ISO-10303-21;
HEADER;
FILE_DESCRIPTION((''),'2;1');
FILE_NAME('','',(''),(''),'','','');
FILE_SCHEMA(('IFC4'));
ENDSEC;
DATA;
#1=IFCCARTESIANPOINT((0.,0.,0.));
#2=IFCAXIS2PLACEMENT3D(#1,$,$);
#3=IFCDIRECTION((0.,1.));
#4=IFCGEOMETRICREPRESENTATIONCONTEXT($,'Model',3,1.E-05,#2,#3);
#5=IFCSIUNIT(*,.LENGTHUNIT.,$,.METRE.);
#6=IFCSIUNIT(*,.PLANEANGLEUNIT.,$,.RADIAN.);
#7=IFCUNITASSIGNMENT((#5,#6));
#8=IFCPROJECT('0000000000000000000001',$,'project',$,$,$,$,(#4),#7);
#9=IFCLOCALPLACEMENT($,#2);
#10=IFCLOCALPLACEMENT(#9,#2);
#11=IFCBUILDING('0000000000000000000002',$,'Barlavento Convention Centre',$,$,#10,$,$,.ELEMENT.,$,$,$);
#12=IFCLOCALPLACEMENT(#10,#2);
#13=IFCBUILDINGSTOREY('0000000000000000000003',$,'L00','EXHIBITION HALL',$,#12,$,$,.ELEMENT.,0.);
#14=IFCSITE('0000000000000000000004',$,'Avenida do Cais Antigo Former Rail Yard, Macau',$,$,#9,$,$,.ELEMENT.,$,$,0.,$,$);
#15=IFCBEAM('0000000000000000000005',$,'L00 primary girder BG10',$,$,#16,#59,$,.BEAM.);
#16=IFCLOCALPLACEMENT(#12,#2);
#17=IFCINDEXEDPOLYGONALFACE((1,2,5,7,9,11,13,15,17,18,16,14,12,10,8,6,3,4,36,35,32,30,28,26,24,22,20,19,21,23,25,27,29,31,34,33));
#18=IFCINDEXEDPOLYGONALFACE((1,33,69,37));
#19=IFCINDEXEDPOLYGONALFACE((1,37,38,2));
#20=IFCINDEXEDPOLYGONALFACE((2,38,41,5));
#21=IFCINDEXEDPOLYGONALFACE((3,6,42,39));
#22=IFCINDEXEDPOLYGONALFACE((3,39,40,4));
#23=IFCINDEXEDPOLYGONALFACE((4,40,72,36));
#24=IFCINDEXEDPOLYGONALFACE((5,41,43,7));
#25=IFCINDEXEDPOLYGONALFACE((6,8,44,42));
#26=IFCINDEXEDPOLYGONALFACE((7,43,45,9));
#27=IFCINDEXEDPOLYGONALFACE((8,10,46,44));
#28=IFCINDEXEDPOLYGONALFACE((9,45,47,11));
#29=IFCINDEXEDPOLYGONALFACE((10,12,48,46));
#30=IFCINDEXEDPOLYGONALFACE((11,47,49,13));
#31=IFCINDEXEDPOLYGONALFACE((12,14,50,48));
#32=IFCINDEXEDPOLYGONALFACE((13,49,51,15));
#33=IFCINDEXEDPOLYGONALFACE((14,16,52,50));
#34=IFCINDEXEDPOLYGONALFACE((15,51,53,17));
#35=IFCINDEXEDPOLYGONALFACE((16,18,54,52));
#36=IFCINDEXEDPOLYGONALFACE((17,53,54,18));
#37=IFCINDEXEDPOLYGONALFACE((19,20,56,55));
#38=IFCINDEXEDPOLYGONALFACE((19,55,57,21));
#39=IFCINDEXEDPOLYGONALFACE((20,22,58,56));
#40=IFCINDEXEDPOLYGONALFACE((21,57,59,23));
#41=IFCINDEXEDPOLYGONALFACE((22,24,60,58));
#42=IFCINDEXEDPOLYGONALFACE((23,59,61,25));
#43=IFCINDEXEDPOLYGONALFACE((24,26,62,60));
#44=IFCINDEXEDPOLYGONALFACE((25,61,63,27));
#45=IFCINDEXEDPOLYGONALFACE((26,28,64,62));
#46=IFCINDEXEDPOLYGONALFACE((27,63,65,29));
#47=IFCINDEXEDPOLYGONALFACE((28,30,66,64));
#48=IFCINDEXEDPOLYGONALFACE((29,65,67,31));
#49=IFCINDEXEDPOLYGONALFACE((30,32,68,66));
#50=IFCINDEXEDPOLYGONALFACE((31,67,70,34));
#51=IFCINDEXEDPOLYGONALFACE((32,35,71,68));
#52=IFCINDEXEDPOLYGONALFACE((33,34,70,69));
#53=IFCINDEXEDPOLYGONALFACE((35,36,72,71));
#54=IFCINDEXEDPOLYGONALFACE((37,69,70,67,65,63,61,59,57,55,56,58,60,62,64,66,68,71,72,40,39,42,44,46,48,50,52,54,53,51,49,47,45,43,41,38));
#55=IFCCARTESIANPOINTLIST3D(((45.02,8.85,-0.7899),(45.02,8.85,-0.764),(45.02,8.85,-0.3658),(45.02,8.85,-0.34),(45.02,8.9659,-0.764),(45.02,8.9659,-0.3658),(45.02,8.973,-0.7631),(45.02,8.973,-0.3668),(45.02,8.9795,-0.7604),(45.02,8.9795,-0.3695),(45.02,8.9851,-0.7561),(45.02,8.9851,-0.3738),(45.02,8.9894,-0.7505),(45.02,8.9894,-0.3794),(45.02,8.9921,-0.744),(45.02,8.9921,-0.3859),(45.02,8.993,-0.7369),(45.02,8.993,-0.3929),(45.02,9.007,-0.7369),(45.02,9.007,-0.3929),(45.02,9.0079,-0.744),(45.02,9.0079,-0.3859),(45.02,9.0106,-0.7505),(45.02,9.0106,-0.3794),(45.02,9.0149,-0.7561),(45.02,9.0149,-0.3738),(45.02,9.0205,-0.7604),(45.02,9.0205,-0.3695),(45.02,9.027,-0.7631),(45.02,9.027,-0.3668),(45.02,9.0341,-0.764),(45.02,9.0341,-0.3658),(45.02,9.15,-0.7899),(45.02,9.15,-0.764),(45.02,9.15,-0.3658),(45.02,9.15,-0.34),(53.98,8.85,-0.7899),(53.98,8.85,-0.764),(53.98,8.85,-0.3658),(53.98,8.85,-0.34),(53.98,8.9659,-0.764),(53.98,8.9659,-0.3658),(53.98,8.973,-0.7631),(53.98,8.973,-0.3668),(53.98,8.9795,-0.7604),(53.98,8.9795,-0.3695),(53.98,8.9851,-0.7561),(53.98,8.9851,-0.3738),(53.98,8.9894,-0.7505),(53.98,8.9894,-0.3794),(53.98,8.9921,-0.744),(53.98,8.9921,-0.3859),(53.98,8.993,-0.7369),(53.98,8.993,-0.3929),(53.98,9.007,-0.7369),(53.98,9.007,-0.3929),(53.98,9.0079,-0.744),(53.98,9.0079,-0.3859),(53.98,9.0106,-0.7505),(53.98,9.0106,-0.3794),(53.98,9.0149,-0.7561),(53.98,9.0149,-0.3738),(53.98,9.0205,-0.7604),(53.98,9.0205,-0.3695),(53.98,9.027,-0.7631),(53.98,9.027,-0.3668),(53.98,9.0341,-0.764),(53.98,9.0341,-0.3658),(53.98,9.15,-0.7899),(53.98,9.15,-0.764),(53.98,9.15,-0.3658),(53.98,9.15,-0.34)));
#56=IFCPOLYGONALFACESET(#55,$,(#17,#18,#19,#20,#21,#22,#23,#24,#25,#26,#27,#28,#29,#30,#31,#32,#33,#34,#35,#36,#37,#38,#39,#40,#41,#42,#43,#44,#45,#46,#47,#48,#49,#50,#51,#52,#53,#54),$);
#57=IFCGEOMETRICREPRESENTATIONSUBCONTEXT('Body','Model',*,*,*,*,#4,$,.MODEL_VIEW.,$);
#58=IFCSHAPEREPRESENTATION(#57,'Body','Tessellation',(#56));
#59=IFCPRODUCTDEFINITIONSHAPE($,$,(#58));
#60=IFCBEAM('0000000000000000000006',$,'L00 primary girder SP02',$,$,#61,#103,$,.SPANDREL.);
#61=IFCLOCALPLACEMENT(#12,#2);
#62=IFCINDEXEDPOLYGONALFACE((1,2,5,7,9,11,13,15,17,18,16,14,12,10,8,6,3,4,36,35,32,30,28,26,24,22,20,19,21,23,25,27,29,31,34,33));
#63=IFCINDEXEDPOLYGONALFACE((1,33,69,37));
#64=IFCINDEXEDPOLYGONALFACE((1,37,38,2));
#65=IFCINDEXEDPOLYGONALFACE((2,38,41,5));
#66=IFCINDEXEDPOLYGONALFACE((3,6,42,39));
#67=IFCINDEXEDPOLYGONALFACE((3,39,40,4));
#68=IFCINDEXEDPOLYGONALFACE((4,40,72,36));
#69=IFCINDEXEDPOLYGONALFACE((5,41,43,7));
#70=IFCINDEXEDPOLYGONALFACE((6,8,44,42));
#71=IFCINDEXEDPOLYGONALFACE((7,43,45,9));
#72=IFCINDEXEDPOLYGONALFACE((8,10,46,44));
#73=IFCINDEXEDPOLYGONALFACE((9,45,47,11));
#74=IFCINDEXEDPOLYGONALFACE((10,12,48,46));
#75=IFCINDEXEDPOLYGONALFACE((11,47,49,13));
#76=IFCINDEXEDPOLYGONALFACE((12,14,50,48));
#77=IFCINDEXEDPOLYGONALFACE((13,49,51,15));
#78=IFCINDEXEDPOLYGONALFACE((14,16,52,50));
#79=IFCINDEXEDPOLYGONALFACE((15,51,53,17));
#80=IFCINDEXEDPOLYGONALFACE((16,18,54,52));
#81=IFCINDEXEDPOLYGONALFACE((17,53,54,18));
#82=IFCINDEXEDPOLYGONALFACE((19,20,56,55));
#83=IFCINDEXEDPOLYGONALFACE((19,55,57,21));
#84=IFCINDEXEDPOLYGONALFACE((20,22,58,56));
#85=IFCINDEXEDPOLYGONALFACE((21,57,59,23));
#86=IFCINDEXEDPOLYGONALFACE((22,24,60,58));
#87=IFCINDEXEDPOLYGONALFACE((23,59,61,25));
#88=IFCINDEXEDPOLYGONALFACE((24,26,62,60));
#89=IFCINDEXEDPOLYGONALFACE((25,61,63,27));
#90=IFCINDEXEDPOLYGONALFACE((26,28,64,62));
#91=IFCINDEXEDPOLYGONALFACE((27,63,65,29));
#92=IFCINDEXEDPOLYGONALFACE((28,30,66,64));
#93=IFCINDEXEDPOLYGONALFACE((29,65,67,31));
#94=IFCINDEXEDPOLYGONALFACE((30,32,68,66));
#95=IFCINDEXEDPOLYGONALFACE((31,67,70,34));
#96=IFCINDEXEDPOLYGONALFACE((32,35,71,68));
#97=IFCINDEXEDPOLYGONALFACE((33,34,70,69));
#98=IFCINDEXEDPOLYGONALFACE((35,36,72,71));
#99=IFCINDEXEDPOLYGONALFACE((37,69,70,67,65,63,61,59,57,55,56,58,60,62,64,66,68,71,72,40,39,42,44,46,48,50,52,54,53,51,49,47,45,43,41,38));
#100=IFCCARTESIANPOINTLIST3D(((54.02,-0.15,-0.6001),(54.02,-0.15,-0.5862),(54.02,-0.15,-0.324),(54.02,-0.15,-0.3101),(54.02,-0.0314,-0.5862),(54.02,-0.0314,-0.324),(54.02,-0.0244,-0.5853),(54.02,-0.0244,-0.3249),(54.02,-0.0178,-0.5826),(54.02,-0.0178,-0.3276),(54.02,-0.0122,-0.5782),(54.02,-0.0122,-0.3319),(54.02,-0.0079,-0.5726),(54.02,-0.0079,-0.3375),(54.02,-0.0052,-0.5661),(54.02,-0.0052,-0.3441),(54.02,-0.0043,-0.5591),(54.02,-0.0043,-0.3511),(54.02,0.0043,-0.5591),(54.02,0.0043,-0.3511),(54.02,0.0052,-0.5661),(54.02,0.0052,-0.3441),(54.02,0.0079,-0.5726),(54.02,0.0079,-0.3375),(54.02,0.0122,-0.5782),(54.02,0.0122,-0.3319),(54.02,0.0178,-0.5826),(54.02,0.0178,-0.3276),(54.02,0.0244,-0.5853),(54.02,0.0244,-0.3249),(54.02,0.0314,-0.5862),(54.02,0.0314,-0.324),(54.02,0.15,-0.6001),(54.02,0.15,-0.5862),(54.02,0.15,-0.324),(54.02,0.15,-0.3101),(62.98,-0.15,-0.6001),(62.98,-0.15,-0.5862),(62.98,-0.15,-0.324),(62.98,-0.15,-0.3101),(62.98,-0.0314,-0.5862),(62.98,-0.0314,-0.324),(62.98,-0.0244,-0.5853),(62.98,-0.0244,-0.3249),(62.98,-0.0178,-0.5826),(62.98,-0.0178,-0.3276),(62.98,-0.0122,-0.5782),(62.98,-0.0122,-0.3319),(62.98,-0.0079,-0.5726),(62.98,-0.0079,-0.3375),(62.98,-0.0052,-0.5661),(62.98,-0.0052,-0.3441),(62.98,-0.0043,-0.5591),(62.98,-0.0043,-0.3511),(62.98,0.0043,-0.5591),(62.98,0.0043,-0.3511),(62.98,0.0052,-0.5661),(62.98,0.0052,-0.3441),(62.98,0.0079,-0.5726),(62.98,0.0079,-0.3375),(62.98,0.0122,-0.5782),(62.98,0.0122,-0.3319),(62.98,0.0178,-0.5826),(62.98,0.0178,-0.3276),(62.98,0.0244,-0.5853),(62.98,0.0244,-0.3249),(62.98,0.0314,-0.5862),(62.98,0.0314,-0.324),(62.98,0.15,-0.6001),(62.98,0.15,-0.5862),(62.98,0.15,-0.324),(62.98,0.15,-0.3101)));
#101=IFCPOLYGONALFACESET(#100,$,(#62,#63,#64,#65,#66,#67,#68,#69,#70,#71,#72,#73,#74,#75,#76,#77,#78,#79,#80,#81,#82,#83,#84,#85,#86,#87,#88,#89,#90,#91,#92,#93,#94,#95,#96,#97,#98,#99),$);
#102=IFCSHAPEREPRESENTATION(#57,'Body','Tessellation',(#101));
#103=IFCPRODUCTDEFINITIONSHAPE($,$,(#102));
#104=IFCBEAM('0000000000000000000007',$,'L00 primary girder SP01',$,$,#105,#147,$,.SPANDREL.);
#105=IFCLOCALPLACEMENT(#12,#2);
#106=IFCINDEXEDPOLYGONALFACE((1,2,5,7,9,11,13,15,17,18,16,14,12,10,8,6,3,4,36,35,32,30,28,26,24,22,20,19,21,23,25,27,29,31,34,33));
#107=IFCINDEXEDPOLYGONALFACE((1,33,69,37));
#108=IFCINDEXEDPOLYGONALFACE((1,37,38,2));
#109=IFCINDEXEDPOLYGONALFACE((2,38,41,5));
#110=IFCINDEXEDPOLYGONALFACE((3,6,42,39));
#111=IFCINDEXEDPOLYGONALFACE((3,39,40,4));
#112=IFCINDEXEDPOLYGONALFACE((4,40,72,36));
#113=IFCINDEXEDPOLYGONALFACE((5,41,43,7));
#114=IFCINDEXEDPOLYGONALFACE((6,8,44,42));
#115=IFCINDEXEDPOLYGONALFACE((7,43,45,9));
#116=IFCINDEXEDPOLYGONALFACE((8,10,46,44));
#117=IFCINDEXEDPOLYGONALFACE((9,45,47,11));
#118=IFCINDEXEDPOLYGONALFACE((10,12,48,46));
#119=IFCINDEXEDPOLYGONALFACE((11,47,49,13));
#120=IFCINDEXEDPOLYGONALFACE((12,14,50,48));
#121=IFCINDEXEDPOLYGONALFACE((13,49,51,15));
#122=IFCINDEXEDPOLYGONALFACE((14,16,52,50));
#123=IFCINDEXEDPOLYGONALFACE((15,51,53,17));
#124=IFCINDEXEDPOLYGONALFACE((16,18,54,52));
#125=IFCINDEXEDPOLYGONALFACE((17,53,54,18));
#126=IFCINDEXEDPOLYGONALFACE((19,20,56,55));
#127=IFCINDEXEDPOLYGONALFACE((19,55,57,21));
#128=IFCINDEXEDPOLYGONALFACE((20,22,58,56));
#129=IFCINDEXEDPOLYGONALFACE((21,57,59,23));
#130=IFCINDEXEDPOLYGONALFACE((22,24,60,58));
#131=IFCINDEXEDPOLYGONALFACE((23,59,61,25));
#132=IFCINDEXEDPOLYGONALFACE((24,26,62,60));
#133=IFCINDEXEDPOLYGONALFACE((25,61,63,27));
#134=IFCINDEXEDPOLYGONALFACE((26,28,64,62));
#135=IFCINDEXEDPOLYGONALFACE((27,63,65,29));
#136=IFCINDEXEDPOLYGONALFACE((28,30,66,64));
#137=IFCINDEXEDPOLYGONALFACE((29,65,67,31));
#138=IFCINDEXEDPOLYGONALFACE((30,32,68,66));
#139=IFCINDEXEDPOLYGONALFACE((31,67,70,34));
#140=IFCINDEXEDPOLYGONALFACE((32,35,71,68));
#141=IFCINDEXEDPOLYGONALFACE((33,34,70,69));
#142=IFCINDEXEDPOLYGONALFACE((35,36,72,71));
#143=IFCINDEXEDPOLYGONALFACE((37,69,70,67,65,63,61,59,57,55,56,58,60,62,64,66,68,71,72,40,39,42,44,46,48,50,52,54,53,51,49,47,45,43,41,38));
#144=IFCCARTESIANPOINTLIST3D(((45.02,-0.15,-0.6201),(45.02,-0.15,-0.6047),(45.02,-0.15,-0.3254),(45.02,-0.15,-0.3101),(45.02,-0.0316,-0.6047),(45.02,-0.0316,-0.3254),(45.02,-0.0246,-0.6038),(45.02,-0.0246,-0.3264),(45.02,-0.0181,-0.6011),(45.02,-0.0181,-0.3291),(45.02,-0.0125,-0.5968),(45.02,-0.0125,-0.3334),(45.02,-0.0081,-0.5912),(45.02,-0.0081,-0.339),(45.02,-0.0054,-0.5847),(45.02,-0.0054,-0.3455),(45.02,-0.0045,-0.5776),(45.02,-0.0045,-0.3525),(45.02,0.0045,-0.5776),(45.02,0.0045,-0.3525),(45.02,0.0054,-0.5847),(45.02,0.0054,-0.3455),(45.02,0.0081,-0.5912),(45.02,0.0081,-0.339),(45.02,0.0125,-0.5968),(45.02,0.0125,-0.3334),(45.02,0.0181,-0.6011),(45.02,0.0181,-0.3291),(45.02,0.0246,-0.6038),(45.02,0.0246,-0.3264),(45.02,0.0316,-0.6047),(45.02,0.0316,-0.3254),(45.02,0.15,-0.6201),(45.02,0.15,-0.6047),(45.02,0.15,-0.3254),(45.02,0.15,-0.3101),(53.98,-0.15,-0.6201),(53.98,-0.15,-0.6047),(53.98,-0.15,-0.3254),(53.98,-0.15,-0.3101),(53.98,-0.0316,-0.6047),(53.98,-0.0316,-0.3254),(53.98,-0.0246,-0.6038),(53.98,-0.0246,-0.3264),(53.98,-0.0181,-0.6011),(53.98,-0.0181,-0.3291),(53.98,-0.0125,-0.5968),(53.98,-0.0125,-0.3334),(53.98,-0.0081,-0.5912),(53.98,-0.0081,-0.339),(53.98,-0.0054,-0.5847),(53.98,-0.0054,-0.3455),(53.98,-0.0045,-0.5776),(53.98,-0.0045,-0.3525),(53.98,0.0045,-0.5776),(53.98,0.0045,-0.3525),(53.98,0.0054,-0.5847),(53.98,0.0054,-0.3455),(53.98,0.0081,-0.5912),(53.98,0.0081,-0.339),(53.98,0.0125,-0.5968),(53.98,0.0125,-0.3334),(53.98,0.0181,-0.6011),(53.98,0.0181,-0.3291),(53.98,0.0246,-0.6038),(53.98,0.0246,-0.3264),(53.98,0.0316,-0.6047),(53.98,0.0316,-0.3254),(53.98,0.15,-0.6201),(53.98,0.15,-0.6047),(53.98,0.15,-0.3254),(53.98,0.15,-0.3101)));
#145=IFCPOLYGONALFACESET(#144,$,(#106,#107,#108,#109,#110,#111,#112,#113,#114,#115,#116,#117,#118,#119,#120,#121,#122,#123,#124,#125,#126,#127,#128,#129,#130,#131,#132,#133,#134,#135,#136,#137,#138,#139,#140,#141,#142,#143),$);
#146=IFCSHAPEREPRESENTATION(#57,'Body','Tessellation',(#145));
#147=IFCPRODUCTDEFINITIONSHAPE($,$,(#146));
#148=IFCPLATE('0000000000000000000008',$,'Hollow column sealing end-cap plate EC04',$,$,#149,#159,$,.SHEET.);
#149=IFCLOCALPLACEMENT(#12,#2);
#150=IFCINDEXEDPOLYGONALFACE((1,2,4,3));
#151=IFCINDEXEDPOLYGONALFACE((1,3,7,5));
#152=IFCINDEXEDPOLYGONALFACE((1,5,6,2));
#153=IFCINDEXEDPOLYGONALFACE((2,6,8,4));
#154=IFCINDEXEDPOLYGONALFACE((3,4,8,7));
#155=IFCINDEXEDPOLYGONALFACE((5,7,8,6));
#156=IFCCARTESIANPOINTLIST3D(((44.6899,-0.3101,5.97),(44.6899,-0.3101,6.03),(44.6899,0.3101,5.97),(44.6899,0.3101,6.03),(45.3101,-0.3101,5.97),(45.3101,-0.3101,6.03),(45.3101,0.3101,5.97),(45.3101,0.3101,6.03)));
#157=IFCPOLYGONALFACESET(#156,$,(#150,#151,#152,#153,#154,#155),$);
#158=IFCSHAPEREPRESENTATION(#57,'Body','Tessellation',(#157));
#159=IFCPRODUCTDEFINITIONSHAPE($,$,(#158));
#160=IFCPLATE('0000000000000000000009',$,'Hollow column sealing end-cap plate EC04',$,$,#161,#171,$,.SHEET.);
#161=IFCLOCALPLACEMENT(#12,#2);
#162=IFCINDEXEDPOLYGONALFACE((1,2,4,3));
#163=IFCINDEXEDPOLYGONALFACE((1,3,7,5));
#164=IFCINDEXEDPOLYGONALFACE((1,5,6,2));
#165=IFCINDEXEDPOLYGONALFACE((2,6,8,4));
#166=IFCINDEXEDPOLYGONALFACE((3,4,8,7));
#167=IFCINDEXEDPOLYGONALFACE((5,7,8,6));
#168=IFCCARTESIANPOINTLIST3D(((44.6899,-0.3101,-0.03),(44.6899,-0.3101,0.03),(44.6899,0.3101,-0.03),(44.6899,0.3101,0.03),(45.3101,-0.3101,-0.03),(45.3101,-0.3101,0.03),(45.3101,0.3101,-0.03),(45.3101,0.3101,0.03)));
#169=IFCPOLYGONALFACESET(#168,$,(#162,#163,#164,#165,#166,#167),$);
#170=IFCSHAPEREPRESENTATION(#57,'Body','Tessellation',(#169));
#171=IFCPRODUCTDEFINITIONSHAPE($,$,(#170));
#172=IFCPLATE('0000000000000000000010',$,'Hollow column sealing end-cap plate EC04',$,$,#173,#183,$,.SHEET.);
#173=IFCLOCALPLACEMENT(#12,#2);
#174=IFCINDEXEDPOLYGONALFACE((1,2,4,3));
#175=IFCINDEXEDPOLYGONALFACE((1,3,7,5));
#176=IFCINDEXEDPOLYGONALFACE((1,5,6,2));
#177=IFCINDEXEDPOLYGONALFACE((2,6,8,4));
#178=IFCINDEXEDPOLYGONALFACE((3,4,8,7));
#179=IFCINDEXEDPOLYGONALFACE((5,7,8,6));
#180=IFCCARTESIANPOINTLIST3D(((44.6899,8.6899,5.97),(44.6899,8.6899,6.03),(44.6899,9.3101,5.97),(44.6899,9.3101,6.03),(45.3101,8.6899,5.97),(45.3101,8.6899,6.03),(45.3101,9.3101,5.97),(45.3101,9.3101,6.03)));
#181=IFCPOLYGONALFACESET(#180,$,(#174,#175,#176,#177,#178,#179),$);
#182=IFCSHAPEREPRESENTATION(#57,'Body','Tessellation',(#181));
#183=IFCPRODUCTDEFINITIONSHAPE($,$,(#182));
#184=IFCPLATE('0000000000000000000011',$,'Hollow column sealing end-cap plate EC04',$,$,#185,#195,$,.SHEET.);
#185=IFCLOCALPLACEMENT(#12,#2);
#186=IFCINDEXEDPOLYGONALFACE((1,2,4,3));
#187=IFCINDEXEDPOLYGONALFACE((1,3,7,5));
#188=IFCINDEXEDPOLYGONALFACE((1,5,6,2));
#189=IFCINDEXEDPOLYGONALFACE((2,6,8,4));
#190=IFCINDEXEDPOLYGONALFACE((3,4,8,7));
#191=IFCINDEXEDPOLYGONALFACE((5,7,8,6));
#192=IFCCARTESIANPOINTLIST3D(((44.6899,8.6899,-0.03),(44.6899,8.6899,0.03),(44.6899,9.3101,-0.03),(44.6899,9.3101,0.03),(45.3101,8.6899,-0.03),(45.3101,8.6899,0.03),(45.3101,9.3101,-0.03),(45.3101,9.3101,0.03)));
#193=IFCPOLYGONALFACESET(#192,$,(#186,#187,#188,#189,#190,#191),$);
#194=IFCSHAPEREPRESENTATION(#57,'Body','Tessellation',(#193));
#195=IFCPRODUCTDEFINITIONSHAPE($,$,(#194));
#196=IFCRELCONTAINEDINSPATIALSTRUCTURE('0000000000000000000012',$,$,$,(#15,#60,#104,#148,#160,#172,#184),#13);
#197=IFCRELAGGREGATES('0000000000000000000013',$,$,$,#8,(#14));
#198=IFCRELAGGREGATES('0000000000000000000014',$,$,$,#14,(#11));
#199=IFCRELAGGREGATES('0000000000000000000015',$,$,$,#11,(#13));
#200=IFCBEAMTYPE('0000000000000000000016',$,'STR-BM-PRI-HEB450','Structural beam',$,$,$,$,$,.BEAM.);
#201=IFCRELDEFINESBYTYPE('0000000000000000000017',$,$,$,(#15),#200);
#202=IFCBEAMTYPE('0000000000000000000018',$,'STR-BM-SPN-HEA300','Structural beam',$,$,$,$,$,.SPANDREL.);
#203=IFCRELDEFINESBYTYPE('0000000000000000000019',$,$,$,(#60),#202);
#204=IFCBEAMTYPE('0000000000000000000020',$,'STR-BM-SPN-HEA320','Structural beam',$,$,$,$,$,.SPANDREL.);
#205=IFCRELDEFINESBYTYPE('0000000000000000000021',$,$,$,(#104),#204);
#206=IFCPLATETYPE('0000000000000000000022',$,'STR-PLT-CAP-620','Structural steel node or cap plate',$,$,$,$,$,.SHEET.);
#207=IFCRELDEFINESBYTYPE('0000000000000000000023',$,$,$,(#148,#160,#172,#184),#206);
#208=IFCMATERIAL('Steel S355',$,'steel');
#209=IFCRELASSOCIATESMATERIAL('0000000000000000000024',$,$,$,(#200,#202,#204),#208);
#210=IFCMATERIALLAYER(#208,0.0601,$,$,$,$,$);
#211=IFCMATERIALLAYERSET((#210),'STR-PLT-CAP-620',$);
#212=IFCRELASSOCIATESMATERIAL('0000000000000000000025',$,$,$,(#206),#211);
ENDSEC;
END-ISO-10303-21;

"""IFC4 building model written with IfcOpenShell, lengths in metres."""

from ifc_helpers import new_model, si_unit, direction, frame, origin, origin_2d, place, context, subcontext, project, spatial, rectangle, i_section, extrude, material, layer, layer_set, material_profile, profile_set, type_object, element, save


model = new_model("IFC4")

# Units and contexts
model_context = context("Model", 3, precision=1e-05, world=origin(), true_north=direction((0.0, 1.0)))
body_context = subcontext(model_context, "Body", "Model", "MODEL_VIEW")
ifc_project = project(units=[si_unit("LENGTHUNIT", "METRE"), si_unit("PLANEANGLEUNIT", "RADIAN")], contexts=[model_context])

# Site, building, storey
site_placement = place(None, origin())
site = spatial("IfcSite", under=ifc_project, at=site_placement, Name="Avenida do Cais Antigo Former Rail Yard, Macau", CompositionType="ELEMENT", RefElevation=0.0)
building_placement = place(site_placement, origin())
building = spatial("IfcBuilding", under=site, at=building_placement, Name="Barlavento Convention Centre", CompositionType="ELEMENT")
storey_placement = place(building_placement, origin())
storey = spatial("IfcBuildingStorey", under=building, at=storey_placement, Name="L00", Description="EXHIBITION HALL", CompositionType="ELEMENT", Elevation=0.0)

# Beams
ifc_material_1 = material(Name="Steel S355", Category="steel")
ifc_material_profile_1 = material_profile(ifc_material_1, i_section(OverallWidth=0.3, OverallDepth=0.45, WebThickness=0.0139, FlangeThickness=0.0259, FilletRadius=0.0271, at=origin_2d()), Name="HEB 450")
ifc_profile_set_1 = profile_set([ifc_material_profile_1], Name="Steel S355")
beam_type_1 = type_object("IfcBeamType", Name="STR-BM-PRI-HEB450", Description="Structural beam", PredefinedType="BEAM", material=ifc_profile_set_1)
beam_1_placement = place(storey_placement, frame((45.02, 9.0, -0.5649), z_axis=(1.0, 0.0, 0.0), x_axis=(0.0, 1.0, 0.0)))
element("IfcBeam", 1, at=beam_1_placement, inside=storey, type_object=beam_type_1, Name="L00 primary girder BG10", PredefinedType="BEAM", context=body_context, shape_type="SweptSolid", body=[
    extrude(i_section(OverallWidth=0.3, OverallDepth=0.45, WebThickness=0.0139, FlangeThickness=0.0259, FilletRadius=0.0271, at=origin_2d()), origin(), (0.0, 0.0, 1.0), 8.96),
])
ifc_material_profile_2 = material_profile(ifc_material_1, i_section(OverallWidth=0.3, OverallDepth=0.29, WebThickness=0.0085, FlangeThickness=0.0139, FilletRadius=0.0271, at=origin_2d()), Name="HEA 300")
ifc_profile_set_2 = profile_set([ifc_material_profile_2], Name="Steel S355")
beam_type_2 = type_object("IfcBeamType", Name="STR-BM-SPN-HEA300", Description="Structural beam", PredefinedType="SPANDREL", material=ifc_profile_set_2)
beam_2_placement = place(storey_placement, frame((54.02, 0.0, -0.4551), z_axis=(1.0, 0.0, 0.0), x_axis=(0.0, 1.0, 0.0)))
element("IfcBeam", 2, at=beam_2_placement, inside=storey, type_object=beam_type_2, Name="L00 primary girder SP02", PredefinedType="SPANDREL", context=body_context, shape_type="SweptSolid", body=[
    extrude(i_section(OverallWidth=0.3, OverallDepth=0.29, WebThickness=0.0085, FlangeThickness=0.0139, FilletRadius=0.0271, at=origin_2d()), origin(), (0.0, 0.0, 1.0), 8.96),
])
ifc_material_profile_3 = material_profile(ifc_material_1, i_section(OverallWidth=0.3, OverallDepth=0.3101, WebThickness=0.009, FlangeThickness=0.0154, FilletRadius=0.0271, at=origin_2d()), Name="HEA 320")
ifc_profile_set_3 = profile_set([ifc_material_profile_3], Name="Steel S355")
beam_type_3 = type_object("IfcBeamType", Name="STR-BM-SPN-HEA320", Description="Structural beam", PredefinedType="SPANDREL", material=ifc_profile_set_3)
beam_3_placement = place(storey_placement, frame((45.02, 0.0, -0.4651), z_axis=(1.0, 0.0, 0.0), x_axis=(0.0, 1.0, 0.0)))
element("IfcBeam", 3, at=beam_3_placement, inside=storey, type_object=beam_type_3, Name="L00 primary girder SP01", PredefinedType="SPANDREL", context=body_context, shape_type="SweptSolid", body=[
    extrude(i_section(OverallWidth=0.3, OverallDepth=0.3101, WebThickness=0.009, FlangeThickness=0.0154, FilletRadius=0.0271, at=origin_2d()), origin(), (0.0, 0.0, 1.0), 8.96),
])

# Plates
ifc_layer_1 = layer(ifc_material_1, 0.0601)
ifc_layer_set_1 = layer_set([ifc_layer_1], Name="STR-PLT-CAP-620")
plate_type = type_object("IfcPlateType", Name="STR-PLT-CAP-620", Description="Structural steel node or cap plate", PredefinedType="SHEET", material=ifc_layer_set_1)
for number, where, z_axis, x_axis, name in (
    (4, (45.0, 0.0, 5.97), (0.0, 0.0, 1.0), (1.0, 0.0, 0.0), "Hollow column sealing end-cap plate EC04"),
    (5, (45.0, 0.0, -0.03), (0.0, 0.0, 1.0), (1.0, 0.0, 0.0), "Hollow column sealing end-cap plate EC04"),
    (6, (45.0, 9.0, 5.97), (0.0, 0.0, 1.0), (1.0, 0.0, 0.0), "Hollow column sealing end-cap plate EC04"),
    (7, (45.0, 9.0, -0.03), (0.0, 0.0, 1.0), (1.0, 0.0, 0.0), "Hollow column sealing end-cap plate EC04"),
):
    element("IfcPlate", number, at=place(storey_placement, frame(where, z_axis=z_axis, x_axis=x_axis)), inside=storey, type_object=plate_type, Name=name, PredefinedType="SHEET", context=body_context, shape_type="SweptSolid", body=[
        extrude(rectangle(XDim=0.6201, YDim=0.6201, at=origin_2d()), origin(), (0.0, 0.0, 1.0), 0.0601),
    ])

save(model, "model.ifc")
